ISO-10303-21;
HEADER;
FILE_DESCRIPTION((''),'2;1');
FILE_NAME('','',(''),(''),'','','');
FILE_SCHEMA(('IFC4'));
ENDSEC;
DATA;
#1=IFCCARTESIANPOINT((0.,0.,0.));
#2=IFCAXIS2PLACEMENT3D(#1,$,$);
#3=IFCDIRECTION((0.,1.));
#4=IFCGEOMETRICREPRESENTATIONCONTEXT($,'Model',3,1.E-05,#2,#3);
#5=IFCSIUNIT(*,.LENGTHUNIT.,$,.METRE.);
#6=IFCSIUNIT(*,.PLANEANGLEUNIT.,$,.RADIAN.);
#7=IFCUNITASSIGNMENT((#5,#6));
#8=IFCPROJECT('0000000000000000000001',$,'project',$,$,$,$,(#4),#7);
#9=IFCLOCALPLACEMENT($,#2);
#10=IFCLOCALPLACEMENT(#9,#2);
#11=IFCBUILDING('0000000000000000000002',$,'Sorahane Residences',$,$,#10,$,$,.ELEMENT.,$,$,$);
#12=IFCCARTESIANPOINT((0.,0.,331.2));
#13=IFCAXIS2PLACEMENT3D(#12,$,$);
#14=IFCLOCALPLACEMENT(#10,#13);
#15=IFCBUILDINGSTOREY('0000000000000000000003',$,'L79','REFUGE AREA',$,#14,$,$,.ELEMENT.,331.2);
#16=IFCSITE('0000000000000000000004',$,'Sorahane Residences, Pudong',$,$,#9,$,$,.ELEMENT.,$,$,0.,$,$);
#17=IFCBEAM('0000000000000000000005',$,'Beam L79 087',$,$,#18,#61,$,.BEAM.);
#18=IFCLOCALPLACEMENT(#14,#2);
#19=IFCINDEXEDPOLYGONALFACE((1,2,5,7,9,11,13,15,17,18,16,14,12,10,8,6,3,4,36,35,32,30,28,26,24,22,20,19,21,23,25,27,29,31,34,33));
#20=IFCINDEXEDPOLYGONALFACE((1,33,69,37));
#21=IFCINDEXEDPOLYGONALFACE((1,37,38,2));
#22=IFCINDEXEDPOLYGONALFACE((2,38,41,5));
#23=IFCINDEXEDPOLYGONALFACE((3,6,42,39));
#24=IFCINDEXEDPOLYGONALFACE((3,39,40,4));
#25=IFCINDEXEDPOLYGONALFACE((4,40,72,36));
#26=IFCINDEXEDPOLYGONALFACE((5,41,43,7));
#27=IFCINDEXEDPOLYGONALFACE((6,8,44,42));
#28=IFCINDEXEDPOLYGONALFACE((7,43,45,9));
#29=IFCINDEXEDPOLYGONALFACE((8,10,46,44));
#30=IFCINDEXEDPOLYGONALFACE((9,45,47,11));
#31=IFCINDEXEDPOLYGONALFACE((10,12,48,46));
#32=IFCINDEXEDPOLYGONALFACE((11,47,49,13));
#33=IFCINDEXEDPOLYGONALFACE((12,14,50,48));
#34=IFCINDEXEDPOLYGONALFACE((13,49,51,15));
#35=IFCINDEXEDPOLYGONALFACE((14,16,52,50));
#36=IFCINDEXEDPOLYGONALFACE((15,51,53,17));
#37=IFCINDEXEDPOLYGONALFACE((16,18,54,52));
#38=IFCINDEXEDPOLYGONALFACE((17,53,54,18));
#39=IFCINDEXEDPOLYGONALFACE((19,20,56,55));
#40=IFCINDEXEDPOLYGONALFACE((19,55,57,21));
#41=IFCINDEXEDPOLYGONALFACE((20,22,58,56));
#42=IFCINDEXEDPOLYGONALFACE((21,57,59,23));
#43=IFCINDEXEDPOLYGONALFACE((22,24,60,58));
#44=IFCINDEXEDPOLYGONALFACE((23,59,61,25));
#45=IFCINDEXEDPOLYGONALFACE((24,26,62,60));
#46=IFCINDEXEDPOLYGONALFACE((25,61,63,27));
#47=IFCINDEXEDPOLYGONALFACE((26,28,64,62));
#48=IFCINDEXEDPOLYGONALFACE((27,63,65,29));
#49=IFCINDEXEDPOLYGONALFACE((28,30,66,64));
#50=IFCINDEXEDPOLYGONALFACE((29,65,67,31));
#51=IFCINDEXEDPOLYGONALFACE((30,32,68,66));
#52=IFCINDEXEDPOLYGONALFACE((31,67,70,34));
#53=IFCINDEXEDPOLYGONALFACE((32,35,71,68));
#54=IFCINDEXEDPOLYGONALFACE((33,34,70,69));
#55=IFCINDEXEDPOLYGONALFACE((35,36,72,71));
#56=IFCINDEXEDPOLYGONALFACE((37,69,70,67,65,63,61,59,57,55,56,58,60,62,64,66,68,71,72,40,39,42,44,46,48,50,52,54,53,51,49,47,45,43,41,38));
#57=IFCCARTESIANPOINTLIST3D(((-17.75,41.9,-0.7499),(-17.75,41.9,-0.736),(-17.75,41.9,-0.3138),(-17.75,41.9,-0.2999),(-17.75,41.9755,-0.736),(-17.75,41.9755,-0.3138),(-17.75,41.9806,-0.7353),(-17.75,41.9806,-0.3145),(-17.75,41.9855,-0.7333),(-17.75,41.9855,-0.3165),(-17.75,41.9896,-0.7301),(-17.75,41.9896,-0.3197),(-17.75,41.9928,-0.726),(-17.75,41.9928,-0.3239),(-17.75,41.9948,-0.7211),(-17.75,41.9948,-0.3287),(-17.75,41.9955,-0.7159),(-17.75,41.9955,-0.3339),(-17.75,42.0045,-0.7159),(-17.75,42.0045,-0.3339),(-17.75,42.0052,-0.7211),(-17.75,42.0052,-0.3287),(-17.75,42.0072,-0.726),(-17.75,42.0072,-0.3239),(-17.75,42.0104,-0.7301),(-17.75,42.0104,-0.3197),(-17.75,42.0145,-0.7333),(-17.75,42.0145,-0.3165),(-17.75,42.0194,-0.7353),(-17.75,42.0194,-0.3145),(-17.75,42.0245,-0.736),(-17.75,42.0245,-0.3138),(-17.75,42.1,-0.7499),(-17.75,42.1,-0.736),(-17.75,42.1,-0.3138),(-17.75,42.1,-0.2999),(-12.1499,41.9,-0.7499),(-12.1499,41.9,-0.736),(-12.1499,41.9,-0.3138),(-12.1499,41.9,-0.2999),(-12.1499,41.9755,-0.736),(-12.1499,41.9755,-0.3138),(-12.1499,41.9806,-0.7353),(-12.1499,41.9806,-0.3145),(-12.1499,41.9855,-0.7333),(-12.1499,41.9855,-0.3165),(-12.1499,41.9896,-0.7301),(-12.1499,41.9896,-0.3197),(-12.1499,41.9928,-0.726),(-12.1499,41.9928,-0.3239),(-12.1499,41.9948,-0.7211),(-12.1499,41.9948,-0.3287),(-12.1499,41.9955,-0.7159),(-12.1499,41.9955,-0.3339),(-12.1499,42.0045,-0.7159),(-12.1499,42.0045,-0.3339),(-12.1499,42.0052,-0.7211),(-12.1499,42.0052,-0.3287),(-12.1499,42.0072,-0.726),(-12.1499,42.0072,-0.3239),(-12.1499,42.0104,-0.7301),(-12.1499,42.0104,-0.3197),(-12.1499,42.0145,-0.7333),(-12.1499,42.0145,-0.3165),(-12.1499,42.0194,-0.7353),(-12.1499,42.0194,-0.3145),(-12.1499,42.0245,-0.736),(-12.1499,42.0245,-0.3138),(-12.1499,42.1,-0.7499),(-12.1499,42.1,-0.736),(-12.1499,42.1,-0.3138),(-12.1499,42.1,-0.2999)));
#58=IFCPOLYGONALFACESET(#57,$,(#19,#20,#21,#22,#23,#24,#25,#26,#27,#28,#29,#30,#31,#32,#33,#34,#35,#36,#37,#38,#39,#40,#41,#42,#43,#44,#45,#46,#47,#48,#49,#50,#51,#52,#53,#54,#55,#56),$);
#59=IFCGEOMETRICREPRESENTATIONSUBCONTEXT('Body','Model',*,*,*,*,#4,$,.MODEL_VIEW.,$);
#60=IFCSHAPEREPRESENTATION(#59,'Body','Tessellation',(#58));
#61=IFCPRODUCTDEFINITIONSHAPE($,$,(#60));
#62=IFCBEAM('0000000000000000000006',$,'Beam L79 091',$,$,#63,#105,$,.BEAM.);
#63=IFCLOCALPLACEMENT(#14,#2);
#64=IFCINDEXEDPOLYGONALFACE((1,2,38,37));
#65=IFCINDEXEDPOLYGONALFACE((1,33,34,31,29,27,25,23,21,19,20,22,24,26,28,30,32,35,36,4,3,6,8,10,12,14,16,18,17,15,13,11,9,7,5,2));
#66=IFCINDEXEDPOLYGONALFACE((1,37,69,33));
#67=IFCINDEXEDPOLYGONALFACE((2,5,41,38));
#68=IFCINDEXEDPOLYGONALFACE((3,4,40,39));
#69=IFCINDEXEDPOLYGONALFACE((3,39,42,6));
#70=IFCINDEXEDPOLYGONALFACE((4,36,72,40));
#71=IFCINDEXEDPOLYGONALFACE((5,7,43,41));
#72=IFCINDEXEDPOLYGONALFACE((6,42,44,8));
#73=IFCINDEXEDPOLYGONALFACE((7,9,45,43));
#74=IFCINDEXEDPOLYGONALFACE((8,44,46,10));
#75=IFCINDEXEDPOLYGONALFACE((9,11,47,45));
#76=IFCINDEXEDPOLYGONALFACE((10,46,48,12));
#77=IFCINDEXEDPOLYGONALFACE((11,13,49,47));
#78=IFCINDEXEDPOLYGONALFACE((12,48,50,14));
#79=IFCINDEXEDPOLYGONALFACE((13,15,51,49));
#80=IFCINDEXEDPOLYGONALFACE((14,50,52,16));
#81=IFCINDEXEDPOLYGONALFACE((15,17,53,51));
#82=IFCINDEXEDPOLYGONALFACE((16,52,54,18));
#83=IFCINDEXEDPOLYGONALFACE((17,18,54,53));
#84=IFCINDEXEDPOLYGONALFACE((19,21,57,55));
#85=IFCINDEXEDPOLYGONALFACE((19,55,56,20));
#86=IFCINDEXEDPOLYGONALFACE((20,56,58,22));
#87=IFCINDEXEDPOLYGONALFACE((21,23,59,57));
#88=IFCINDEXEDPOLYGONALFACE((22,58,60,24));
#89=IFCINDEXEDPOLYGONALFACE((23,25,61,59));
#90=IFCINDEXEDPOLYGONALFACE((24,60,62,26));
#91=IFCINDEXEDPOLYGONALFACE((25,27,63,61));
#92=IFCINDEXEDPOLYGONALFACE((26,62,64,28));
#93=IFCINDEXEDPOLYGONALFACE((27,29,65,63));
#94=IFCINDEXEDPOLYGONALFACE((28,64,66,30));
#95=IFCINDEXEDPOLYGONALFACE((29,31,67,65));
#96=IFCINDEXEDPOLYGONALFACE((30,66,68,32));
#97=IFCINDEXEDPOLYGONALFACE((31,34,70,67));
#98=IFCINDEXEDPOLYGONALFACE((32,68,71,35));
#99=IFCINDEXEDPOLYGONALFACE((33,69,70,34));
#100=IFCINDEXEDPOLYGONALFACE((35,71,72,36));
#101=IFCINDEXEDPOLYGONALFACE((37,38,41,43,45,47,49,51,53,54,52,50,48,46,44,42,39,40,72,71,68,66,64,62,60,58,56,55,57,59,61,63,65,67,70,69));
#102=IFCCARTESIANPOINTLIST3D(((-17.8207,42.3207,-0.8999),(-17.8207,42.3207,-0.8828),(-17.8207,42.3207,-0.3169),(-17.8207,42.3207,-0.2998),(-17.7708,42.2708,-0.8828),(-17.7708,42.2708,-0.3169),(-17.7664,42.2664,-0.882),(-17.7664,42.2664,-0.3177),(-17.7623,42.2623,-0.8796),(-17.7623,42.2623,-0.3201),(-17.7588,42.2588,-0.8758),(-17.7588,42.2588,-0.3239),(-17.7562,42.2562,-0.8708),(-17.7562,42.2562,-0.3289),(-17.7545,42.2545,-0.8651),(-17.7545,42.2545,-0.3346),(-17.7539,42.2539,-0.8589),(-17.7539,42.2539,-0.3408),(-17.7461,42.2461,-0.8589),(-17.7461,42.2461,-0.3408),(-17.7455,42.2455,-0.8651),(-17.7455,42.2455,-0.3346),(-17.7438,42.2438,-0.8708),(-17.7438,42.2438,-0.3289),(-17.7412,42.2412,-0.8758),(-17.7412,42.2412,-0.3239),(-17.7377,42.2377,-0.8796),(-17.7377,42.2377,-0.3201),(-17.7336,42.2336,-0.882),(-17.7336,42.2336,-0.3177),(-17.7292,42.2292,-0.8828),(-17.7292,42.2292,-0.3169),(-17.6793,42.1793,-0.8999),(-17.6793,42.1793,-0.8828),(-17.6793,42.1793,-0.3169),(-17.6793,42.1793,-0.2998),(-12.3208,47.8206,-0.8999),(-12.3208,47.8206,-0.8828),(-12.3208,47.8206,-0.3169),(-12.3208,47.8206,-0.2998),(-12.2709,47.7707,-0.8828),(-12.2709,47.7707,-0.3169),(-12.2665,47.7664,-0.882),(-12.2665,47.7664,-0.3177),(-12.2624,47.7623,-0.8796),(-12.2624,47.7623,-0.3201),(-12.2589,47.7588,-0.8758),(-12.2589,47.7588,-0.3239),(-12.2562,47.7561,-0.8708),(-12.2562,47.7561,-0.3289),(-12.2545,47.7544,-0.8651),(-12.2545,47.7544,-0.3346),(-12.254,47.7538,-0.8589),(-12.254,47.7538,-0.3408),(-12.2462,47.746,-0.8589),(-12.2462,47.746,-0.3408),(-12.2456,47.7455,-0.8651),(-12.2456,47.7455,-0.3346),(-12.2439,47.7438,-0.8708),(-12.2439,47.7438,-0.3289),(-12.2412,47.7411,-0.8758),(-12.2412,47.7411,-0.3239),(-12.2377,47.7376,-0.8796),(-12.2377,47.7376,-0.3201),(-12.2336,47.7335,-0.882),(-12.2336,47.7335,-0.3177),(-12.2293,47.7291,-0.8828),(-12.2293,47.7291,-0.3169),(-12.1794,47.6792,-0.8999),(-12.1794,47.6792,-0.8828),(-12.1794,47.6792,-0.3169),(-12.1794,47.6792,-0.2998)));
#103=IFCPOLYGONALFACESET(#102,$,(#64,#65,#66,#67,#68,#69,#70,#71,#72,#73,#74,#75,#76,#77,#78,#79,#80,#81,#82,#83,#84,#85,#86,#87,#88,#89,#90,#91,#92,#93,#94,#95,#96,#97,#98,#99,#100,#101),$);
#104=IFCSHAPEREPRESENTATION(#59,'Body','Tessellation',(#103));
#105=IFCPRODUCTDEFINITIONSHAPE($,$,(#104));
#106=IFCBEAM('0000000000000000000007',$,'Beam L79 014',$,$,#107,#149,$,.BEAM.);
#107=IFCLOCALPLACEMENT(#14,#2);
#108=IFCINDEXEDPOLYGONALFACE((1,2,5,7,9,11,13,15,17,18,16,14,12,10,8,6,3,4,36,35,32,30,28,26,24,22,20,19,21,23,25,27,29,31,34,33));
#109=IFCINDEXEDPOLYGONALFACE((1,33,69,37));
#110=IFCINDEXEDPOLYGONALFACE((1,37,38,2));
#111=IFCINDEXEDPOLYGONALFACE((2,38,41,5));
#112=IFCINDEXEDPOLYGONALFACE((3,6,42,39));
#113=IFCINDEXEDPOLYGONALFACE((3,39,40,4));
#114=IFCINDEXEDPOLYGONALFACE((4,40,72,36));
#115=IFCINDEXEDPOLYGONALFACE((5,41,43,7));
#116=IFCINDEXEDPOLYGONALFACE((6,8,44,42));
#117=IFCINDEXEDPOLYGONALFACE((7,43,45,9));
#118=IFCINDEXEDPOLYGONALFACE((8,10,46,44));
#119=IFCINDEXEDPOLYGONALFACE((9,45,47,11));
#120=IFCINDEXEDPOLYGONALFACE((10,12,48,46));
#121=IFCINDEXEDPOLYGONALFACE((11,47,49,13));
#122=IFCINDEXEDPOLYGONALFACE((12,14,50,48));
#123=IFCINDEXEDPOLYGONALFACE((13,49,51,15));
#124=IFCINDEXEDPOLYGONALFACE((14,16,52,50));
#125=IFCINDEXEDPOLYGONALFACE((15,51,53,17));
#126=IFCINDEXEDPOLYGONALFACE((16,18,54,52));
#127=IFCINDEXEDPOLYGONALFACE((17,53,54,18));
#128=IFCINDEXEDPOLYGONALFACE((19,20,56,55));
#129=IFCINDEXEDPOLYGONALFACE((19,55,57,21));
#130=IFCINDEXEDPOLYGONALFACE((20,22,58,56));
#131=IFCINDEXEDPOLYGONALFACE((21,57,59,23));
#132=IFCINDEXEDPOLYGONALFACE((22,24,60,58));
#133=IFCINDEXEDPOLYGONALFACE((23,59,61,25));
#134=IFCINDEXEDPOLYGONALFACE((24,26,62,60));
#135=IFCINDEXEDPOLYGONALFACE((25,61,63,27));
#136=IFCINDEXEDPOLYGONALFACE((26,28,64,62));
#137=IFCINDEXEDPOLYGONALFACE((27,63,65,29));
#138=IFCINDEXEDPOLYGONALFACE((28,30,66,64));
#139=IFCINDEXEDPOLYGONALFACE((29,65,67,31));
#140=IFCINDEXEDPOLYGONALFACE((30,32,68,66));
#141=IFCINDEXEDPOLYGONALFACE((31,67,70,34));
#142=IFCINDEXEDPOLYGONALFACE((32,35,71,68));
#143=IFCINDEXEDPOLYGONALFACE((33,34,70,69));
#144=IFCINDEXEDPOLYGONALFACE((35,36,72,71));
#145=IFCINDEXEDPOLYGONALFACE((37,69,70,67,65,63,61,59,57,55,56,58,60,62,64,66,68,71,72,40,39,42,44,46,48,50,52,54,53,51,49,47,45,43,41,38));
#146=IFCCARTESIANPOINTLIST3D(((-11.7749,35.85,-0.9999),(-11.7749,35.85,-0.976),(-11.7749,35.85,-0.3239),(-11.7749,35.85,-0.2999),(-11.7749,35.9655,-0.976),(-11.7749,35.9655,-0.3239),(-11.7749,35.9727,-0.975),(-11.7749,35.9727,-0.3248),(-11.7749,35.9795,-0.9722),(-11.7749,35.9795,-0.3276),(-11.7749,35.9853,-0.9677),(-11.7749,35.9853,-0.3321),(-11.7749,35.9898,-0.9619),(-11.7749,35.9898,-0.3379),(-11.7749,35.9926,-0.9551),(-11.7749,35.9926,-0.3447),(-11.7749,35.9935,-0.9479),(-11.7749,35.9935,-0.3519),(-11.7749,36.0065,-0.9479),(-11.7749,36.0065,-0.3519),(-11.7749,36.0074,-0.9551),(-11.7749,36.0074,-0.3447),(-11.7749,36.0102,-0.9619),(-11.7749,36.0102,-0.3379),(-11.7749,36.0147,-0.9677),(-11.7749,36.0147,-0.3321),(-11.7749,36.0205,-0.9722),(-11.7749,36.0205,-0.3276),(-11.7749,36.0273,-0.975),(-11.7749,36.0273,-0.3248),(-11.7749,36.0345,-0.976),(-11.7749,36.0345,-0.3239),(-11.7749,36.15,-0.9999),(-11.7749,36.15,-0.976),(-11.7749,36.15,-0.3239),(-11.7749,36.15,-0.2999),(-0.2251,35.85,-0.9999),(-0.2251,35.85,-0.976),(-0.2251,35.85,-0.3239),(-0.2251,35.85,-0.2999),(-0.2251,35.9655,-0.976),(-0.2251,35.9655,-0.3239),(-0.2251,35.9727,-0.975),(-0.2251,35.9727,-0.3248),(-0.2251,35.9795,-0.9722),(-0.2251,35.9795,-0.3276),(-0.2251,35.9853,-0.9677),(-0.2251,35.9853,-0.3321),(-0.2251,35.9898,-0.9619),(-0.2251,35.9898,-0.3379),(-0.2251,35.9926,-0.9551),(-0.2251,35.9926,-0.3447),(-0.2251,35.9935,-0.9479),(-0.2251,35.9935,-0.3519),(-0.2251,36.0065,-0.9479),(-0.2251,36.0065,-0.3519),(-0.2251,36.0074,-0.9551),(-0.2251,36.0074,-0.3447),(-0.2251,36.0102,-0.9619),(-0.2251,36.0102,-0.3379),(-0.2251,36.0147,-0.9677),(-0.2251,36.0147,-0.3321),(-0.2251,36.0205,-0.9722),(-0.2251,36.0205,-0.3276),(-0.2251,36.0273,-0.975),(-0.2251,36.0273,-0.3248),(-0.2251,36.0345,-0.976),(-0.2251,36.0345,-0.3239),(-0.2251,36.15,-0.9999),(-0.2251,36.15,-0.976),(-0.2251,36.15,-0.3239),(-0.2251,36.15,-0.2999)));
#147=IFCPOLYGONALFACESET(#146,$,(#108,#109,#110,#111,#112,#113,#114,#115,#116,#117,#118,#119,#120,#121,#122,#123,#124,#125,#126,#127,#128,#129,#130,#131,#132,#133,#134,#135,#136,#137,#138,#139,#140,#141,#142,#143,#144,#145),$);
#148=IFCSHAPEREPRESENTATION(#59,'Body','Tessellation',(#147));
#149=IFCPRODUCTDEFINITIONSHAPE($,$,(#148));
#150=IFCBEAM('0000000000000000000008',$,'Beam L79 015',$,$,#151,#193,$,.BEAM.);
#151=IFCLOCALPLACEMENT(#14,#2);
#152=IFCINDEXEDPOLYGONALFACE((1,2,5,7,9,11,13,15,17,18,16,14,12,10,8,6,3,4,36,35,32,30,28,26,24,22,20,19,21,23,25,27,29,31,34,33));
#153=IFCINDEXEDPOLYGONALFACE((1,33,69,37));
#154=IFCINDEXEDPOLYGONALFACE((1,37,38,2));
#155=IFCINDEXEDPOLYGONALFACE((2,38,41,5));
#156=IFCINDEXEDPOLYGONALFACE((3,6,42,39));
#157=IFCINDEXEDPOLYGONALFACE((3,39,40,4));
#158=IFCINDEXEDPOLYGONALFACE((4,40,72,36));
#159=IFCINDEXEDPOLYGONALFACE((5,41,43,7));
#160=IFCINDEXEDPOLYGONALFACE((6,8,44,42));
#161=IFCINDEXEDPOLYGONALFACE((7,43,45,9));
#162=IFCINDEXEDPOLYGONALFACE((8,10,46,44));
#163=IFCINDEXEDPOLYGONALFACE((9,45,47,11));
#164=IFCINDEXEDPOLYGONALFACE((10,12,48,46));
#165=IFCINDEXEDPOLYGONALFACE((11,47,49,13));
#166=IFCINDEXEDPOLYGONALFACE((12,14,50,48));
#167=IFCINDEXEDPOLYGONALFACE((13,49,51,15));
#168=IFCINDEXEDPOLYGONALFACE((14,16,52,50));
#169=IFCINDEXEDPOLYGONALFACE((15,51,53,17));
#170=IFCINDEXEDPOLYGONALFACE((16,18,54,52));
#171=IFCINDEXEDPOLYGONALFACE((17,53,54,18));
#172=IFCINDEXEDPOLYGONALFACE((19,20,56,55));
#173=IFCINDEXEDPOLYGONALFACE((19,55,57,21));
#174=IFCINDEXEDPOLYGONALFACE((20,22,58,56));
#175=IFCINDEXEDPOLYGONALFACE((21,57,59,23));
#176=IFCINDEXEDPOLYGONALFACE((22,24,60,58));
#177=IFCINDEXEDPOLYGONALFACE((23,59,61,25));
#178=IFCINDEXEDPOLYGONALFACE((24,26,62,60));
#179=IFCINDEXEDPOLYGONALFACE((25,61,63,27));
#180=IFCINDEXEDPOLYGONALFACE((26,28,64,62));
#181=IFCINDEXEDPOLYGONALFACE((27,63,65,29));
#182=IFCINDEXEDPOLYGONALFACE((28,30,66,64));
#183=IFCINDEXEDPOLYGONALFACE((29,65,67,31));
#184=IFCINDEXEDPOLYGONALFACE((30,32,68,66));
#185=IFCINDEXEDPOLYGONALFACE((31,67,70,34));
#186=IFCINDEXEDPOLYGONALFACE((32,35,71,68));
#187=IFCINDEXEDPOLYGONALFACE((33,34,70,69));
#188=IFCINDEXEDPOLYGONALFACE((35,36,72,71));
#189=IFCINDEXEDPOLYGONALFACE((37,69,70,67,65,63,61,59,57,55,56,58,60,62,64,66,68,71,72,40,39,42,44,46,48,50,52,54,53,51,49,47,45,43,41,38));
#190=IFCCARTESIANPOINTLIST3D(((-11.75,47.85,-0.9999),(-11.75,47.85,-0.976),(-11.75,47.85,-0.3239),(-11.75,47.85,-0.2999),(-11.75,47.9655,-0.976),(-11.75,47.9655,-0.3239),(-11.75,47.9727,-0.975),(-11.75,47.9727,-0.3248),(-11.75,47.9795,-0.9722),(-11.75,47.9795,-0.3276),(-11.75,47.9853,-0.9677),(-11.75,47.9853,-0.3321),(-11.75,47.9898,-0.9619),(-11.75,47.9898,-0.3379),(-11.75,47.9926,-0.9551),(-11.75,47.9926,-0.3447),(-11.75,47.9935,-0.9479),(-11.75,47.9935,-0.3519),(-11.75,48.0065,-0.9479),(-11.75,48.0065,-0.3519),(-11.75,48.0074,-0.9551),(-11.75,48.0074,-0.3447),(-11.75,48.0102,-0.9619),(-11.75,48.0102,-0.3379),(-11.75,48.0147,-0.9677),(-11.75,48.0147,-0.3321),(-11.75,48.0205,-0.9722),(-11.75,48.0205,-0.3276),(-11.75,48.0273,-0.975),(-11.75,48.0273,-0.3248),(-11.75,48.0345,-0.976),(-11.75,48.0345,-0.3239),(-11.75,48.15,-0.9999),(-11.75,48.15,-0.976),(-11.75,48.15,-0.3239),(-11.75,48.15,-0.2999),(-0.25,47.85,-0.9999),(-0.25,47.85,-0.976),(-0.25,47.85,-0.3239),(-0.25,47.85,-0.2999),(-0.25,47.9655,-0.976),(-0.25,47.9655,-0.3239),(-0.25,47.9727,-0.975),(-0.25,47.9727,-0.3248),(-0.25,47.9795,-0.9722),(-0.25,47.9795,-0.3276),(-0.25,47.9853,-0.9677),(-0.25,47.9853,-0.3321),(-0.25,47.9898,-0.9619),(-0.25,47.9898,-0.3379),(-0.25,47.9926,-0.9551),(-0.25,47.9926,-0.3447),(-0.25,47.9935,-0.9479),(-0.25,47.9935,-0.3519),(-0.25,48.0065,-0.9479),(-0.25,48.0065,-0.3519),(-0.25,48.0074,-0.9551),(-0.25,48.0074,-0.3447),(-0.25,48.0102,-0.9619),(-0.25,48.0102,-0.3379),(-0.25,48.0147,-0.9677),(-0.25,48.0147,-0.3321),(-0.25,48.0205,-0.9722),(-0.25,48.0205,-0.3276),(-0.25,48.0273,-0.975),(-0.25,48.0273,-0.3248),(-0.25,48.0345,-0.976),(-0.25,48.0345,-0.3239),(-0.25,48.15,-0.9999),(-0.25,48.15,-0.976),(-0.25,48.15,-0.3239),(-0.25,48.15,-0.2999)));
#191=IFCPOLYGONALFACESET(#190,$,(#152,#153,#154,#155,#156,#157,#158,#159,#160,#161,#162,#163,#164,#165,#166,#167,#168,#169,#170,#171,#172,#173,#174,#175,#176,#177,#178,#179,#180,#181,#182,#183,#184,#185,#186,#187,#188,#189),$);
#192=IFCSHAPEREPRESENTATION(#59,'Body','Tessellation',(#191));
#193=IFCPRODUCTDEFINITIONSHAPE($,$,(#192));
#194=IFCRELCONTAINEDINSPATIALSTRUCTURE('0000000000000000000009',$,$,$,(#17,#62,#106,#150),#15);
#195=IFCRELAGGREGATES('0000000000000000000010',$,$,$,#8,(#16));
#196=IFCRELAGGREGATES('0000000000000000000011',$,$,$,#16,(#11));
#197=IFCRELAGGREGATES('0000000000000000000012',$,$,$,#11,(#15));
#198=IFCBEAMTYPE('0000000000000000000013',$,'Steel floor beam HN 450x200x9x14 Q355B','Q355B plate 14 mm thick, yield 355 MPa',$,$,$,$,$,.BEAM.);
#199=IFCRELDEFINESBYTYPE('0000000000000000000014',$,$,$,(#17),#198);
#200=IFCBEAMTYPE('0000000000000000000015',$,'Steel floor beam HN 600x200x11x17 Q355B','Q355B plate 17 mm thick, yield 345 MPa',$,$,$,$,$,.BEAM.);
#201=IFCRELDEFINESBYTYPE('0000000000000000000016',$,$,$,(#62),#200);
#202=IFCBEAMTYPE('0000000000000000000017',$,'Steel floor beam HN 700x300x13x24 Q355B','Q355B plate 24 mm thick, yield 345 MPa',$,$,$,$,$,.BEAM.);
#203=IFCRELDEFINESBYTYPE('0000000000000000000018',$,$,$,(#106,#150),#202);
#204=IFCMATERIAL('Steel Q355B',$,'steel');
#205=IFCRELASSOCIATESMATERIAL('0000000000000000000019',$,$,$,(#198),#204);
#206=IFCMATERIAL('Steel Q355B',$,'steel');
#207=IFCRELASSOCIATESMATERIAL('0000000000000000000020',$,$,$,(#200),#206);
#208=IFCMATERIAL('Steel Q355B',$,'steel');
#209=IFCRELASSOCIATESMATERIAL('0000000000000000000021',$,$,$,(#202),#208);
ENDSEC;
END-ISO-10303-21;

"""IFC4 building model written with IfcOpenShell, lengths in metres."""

from ifc_helpers import new_model, si_unit, direction, frame, origin, origin_2d, place, context, subcontext, project, spatial, i_section, extrude, material, material_profile, profile_set, type_object, element, save


model = new_model("IFC4")

# Units and contexts
model_context = context("Model", 3, precision=1e-05, world=origin(), true_north=direction((0.0, 1.0)))
body_context = subcontext(model_context, "Body", "Model", "MODEL_VIEW")
ifc_project = project(units=[si_unit("LENGTHUNIT", "METRE"), si_unit("PLANEANGLEUNIT", "RADIAN")], contexts=[model_context])

# Site, building, storey
site_placement = place(None, origin())
site = spatial("IfcSite", under=ifc_project, at=site_placement, Name="Sorahane Residences, Pudong", CompositionType="ELEMENT", RefElevation=0.0)
building_placement = place(site_placement, origin())
building = spatial("IfcBuilding", under=site, at=building_placement, Name="Sorahane Residences", CompositionType="ELEMENT")
storey_placement = place(building_placement, frame((0.0, 0.0, 331.2)))
storey = spatial("IfcBuildingStorey", under=building, at=storey_placement, Name="L79", Description="REFUGE AREA", CompositionType="ELEMENT", Elevation=331.2)

# Beams
ifc_material_1 = material(Name="Steel Q355B", Category="steel")
ifc_material_profile_1 = material_profile(ifc_material_1, i_section(OverallWidth=0.2, OverallDepth=0.45, WebThickness=0.009, FlangeThickness=0.0139, FilletRadius=0.02, at=origin_2d()), Name="HN 450x200x9x14")
ifc_profile_set_1 = profile_set([ifc_material_profile_1], Name="Steel Q355B")
beam_type_1 = type_object("IfcBeamType", Name="Steel floor beam HN 450x200x9x14 Q355B", Description="Q355B plate 14 mm thick, yield 355 MPa", PredefinedType="BEAM", material=ifc_profile_set_1)
beam_1_placement = place(storey_placement, frame((-17.75, 42.0, -0.5249), z_axis=(1.0, 0.0, 0.0), x_axis=(0.0, 1.0, 0.0)))
element("IfcBeam", 1, at=beam_1_placement, inside=storey, type_object=beam_type_1, Name="Beam L79 087", PredefinedType="BEAM", context=body_context, shape_type="SweptSolid", body=[
    extrude(i_section(OverallWidth=0.2, OverallDepth=0.45, WebThickness=0.009, FlangeThickness=0.0139, FilletRadius=0.02, at=origin_2d()), origin(), (0.0, 0.0, 1.0), 5.6001),
])
ifc_material_2 = material(Name="Steel Q355B", Category="steel")
ifc_material_profile_2 = material_profile(ifc_material_2, i_section(OverallWidth=0.2, OverallDepth=0.6001, WebThickness=0.011, FlangeThickness=0.0171, FilletRadius=0.0239, at=origin_2d()), Name="HN 600x200x11x17")
ifc_profile_set_2 = profile_set([ifc_material_profile_2], Name="Steel Q355B")
beam_type_2 = type_object("IfcBeamType", Name="Steel floor beam HN 600x200x11x17 Q355B", Description="Q355B plate 17 mm thick, yield 345 MPa", PredefinedType="BEAM", material=ifc_profile_set_2)
beam_2_placement = place(storey_placement, frame((-17.75, 42.25, -0.5999), z_axis=(0.707107, 0.707107, 0.0), x_axis=(-0.707107, 0.707107, 0.0)))
element("IfcBeam", 2, at=beam_2_placement, inside=storey, type_object=beam_type_2, Name="Beam L79 091", PredefinedType="BEAM", context=body_context, shape_type="SweptSolid", body=[
    extrude(i_section(OverallWidth=0.2, OverallDepth=0.6001, WebThickness=0.011, FlangeThickness=0.0171, FilletRadius=0.0239, at=origin_2d()), origin(), (0.0, 0.0, 1.0), 7.7781),
])
ifc_material_3 = material(Name="Steel Q355B", Category="steel")
ifc_material_profile_3 = material_profile(ifc_material_3, i_section(OverallWidth=0.3, OverallDepth=0.7, WebThickness=0.0129, FlangeThickness=0.0239, FilletRadius=0.0281, at=origin_2d()), Name="HN 700x300x13x24")
ifc_profile_set_3 = profile_set([ifc_material_profile_3], Name="Steel Q355B")
beam_type_3 = type_object("IfcBeamType", Name="Steel floor beam HN 700x300x13x24 Q355B", Description="Q355B plate 24 mm thick, yield 345 MPa", PredefinedType="BEAM", material=ifc_profile_set_3)
beam_3_placement = place(storey_placement, frame((-11.7749, 36.0, -0.6499), z_axis=(1.0, 0.0, 0.0), x_axis=(0.0, 1.0, 0.0)))
element("IfcBeam", 3, at=beam_3_placement, inside=storey, type_object=beam_type_3, Name="Beam L79 014", PredefinedType="BEAM", context=body_context, shape_type="SweptSolid", body=[
    extrude(i_section(OverallWidth=0.3, OverallDepth=0.7, WebThickness=0.0129, FlangeThickness=0.0239, FilletRadius=0.0281, at=origin_2d()), origin(), (0.0, 0.0, 1.0), 11.5498),
])
for number, where, z_axis, x_axis, name in (
    (4, (-11.75, 48.0, -0.6499), (1.0, 0.0, 0.0), (0.0, 1.0, 0.0), "Beam L79 015"),
):
    element("IfcBeam", number, at=place(storey_placement, frame(where, z_axis=z_axis, x_axis=x_axis)), inside=storey, type_object=beam_type_3, Name=name, PredefinedType="BEAM", context=body_context, shape_type="SweptSolid", body=[
        extrude(i_section(OverallWidth=0.3, OverallDepth=0.7, WebThickness=0.0129, FlangeThickness=0.0239, FilletRadius=0.0281, at=origin_2d()), origin(), (0.0, 0.0, 1.0), 11.5),
    ])

save(model, "model.ifc")
